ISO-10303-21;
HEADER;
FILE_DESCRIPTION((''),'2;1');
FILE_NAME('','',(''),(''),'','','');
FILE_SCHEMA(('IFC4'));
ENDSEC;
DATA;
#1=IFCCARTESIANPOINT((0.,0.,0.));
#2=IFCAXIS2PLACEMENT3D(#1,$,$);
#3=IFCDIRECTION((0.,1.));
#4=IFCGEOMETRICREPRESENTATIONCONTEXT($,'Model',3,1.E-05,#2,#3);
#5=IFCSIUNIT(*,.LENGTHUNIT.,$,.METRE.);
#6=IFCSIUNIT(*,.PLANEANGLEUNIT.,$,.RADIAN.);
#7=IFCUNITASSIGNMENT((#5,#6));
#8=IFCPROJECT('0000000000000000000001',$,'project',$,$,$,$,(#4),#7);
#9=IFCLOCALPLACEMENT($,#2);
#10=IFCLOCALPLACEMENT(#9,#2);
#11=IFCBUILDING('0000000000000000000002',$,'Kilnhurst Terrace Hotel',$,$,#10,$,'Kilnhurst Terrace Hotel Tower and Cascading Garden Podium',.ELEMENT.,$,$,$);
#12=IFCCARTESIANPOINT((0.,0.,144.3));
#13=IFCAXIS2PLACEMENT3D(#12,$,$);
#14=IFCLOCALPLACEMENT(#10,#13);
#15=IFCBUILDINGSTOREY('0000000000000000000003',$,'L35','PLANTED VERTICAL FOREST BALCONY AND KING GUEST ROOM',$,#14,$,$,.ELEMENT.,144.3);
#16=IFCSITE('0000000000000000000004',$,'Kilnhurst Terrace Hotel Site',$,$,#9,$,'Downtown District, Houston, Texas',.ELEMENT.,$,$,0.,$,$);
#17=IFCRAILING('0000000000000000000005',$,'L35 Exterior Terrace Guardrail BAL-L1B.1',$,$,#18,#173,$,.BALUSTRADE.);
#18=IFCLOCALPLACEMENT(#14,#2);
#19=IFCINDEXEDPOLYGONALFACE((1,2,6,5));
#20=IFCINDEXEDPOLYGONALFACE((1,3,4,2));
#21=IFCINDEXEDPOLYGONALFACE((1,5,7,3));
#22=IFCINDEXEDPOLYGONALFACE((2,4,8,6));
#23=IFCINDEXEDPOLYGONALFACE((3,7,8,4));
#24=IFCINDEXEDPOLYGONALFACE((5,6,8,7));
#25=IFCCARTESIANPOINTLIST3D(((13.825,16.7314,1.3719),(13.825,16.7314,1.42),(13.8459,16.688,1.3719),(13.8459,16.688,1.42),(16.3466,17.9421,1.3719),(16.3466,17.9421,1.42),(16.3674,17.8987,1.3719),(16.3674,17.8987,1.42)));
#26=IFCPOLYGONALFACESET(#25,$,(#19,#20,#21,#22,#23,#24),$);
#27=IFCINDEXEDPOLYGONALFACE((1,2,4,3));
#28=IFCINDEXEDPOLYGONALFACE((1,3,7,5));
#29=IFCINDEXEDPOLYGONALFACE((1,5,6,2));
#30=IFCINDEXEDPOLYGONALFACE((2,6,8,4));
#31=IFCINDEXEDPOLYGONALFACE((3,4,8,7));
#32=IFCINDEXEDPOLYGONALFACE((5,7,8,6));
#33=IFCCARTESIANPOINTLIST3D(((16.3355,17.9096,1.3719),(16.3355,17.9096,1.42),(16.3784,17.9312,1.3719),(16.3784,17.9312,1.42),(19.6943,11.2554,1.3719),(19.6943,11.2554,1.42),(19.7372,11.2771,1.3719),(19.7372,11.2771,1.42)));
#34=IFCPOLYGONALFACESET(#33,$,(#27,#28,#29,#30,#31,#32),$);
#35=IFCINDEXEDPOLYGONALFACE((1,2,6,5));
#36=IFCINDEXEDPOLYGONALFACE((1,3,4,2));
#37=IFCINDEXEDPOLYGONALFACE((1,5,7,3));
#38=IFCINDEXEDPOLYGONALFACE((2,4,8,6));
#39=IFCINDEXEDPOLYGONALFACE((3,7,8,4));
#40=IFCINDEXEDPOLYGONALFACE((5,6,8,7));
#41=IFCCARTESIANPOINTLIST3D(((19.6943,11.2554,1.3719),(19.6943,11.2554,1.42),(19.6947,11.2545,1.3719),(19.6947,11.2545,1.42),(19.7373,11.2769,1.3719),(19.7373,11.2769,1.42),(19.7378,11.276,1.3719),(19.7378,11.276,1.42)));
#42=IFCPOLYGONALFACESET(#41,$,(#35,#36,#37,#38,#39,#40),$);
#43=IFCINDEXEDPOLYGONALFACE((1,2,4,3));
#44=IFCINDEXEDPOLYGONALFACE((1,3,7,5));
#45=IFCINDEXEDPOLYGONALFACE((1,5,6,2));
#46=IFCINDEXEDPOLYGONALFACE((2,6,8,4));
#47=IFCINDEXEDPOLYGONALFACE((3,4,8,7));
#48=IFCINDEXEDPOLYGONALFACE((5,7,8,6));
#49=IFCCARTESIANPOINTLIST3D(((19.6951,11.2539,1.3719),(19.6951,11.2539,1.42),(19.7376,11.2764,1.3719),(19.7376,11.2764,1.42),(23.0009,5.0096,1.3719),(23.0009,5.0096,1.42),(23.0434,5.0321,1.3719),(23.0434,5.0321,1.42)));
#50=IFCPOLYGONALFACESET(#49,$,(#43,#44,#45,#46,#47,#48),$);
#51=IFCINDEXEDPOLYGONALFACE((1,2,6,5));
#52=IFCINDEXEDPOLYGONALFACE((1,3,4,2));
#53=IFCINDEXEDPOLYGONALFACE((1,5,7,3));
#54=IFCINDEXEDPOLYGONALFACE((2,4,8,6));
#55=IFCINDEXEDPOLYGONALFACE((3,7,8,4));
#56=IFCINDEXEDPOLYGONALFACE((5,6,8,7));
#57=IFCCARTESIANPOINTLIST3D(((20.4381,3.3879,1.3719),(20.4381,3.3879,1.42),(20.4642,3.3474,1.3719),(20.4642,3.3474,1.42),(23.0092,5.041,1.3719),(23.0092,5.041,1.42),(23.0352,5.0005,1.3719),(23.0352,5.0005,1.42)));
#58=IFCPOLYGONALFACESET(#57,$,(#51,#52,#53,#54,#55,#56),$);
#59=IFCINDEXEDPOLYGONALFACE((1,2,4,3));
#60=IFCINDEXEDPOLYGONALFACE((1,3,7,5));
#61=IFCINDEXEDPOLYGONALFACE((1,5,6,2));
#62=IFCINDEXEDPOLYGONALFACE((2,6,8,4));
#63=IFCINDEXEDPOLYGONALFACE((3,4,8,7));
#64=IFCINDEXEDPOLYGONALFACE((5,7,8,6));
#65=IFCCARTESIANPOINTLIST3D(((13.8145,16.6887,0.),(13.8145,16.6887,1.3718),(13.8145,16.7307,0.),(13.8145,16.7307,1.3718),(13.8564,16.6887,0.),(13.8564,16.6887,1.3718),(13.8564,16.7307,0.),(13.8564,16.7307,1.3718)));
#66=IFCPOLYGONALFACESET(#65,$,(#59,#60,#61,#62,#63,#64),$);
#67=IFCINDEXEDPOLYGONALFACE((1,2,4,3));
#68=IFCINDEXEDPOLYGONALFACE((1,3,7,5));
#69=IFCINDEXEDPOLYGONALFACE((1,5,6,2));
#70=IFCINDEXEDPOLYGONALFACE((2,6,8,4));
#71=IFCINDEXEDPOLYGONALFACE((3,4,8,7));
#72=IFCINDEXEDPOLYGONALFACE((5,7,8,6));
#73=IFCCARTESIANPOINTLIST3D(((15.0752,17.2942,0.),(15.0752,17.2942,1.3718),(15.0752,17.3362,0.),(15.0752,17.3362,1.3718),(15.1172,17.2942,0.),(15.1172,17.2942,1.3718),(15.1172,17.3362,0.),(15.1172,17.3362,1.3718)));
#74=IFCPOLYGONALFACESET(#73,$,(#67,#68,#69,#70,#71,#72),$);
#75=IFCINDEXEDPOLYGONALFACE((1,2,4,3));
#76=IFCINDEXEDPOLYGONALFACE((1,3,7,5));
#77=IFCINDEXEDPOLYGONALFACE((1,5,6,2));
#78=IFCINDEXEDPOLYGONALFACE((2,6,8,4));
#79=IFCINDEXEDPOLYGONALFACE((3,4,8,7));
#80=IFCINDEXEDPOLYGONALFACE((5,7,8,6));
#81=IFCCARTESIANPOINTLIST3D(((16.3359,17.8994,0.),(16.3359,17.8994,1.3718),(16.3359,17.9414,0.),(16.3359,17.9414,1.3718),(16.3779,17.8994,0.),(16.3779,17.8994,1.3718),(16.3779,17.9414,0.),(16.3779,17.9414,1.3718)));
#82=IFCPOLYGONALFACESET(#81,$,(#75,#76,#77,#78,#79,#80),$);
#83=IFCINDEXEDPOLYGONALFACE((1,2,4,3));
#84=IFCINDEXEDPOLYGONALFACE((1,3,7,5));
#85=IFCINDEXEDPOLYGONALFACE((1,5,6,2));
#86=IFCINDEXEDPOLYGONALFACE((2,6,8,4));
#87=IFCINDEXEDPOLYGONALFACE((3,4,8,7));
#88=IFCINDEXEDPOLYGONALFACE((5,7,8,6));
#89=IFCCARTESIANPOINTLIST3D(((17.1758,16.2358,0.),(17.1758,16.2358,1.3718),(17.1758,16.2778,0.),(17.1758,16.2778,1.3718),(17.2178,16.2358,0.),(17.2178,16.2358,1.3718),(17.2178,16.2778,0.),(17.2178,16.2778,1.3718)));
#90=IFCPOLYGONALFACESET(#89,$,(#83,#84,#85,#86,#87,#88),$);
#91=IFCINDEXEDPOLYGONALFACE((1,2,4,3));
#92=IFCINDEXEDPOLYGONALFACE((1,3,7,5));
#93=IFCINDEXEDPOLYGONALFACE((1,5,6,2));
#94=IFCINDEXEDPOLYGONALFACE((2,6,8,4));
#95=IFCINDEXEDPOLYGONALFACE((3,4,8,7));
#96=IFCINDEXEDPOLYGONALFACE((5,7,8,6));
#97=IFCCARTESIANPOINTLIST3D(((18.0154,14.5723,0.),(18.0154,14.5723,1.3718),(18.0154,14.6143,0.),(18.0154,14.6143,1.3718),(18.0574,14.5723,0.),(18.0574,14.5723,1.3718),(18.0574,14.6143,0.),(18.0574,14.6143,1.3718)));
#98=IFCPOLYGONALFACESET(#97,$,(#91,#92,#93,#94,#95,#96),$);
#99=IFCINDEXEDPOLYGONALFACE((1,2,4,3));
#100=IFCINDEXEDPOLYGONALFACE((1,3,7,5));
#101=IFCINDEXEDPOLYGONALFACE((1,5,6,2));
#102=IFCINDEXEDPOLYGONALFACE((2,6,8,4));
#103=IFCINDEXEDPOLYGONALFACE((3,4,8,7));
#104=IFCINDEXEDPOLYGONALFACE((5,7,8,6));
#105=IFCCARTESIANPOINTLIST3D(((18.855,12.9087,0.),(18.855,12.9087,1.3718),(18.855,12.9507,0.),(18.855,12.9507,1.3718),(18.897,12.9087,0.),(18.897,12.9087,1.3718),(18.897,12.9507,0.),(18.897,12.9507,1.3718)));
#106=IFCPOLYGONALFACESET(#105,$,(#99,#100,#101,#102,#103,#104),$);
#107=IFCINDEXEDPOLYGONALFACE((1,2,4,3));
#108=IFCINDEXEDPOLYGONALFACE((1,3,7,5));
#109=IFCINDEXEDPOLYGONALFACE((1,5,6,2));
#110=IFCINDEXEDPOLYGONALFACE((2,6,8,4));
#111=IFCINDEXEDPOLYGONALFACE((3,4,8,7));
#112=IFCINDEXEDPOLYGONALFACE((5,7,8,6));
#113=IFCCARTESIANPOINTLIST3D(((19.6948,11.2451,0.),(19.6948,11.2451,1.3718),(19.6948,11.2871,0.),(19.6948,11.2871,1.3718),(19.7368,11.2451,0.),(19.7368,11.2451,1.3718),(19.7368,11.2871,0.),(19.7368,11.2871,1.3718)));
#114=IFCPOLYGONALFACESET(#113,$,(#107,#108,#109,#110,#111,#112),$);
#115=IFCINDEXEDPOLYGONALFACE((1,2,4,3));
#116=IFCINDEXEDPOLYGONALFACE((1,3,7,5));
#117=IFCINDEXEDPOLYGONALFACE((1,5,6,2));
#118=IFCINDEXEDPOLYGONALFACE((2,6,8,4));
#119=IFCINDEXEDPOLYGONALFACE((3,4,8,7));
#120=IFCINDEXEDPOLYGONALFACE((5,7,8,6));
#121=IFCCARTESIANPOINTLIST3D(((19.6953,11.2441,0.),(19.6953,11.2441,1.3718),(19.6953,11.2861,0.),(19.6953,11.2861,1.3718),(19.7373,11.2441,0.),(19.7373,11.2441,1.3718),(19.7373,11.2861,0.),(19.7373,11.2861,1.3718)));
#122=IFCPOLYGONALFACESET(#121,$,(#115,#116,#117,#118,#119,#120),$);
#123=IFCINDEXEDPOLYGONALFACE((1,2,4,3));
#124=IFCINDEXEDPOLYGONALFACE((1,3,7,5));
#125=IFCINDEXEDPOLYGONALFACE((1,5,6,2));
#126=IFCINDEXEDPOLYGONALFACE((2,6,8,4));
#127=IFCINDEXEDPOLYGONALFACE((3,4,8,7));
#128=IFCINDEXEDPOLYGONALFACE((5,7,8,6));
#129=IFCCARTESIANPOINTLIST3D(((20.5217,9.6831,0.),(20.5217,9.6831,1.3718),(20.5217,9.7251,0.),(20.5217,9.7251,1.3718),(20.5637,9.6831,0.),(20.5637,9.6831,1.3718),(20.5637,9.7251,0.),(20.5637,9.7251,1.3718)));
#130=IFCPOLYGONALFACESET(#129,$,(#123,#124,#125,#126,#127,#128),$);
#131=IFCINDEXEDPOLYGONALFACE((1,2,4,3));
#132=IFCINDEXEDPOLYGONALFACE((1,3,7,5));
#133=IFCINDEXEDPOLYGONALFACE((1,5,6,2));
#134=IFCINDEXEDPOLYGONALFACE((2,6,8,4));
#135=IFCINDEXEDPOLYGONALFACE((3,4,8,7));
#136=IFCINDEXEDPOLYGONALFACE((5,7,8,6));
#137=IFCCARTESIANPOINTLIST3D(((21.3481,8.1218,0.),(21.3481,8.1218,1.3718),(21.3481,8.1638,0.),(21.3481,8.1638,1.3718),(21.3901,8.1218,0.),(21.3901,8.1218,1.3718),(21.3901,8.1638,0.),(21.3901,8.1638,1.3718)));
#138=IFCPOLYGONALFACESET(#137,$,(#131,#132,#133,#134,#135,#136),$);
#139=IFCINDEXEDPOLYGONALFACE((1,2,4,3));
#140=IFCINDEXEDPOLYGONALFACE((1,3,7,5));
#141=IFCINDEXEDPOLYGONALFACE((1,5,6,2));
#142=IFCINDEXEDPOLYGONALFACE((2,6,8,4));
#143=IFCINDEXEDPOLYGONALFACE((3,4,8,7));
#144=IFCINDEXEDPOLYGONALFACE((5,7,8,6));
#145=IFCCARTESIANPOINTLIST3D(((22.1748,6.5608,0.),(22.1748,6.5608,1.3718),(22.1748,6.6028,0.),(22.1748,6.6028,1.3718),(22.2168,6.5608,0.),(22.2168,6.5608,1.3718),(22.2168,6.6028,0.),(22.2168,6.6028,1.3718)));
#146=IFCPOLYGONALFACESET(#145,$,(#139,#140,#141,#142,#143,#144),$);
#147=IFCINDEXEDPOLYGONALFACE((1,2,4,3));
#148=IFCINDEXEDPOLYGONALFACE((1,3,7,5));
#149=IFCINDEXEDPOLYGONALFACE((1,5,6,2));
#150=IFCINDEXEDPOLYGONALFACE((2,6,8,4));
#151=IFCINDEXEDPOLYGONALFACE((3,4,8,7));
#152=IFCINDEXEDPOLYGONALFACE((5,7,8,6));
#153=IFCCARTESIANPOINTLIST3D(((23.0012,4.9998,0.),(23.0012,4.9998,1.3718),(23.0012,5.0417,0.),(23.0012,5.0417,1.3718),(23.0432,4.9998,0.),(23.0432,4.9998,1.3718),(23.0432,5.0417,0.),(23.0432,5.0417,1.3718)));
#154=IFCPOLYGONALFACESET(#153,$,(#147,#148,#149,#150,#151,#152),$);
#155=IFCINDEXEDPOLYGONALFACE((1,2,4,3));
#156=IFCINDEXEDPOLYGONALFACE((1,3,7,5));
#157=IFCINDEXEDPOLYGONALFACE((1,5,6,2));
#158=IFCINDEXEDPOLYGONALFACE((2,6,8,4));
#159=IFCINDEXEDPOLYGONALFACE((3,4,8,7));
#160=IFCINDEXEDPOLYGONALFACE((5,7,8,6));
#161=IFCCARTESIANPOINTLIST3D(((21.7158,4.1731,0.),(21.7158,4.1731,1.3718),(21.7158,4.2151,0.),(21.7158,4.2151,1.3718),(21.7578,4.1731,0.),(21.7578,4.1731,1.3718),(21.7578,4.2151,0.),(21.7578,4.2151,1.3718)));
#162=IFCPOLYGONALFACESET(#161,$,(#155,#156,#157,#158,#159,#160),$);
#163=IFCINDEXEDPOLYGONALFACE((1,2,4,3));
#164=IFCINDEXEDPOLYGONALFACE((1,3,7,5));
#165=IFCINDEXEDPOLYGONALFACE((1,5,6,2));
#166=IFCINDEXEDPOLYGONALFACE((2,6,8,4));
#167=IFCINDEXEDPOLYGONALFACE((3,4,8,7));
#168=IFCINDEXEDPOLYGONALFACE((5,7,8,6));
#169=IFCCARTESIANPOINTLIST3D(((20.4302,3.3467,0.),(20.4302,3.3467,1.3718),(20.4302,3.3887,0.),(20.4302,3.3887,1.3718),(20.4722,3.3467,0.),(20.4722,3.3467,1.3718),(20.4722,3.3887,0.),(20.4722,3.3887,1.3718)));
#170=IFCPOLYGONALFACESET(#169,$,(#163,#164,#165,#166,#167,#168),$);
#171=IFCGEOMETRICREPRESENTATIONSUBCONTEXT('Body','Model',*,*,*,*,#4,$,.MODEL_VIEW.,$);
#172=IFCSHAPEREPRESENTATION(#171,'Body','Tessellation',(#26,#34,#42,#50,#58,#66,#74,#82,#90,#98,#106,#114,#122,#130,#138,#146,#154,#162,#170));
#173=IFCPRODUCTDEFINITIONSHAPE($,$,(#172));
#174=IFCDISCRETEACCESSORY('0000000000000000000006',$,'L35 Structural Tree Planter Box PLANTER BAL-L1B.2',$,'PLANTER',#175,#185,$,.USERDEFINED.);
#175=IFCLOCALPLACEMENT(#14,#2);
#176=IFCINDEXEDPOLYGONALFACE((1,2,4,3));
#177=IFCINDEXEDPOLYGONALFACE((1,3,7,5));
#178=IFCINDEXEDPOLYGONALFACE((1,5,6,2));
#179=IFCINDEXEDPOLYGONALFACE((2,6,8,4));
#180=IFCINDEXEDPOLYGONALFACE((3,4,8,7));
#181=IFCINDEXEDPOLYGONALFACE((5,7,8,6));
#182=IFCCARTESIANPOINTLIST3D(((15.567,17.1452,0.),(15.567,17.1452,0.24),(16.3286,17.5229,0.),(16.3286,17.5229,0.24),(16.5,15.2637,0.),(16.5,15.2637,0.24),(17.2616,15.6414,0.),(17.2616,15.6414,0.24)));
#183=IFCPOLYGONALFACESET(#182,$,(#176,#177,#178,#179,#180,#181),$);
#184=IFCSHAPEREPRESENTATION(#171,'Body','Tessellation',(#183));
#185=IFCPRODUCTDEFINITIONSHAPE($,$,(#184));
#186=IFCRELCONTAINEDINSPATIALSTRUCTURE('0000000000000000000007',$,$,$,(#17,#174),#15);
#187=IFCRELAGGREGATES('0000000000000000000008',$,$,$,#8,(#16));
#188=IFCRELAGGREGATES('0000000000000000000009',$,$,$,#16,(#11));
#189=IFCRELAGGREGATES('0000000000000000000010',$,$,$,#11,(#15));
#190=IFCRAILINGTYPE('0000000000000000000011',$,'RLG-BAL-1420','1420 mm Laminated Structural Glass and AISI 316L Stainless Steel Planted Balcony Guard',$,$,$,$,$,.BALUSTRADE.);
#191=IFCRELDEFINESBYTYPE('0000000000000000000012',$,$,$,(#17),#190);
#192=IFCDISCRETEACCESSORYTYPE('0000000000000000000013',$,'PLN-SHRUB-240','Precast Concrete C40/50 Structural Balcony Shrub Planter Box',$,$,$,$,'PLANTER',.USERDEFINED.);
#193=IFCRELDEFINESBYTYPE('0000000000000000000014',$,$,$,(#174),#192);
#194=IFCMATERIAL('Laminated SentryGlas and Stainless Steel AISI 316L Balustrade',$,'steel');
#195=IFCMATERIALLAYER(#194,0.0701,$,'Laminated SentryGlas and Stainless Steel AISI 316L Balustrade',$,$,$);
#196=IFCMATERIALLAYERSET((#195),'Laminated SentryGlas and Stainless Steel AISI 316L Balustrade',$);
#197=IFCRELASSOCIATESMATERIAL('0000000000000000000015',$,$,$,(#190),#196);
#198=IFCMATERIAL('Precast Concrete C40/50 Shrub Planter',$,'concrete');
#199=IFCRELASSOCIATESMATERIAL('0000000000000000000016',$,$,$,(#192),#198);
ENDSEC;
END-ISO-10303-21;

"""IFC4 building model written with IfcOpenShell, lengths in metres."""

from ifc_helpers import new_model, si_unit, direction, frame, origin, origin_2d, place, context, subcontext, project, spatial, rectangle, extrude, material, layer, layer_set, type_object, element, save


model = new_model("IFC4")

# Units and contexts
model_context = context("Model", 3, precision=1e-05, world=origin(), true_north=direction((0.0, 1.0)))
body_context = subcontext(model_context, "Body", "Model", "MODEL_VIEW")
ifc_project = project(units=[si_unit("LENGTHUNIT", "METRE"), si_unit("PLANEANGLEUNIT", "RADIAN")], contexts=[model_context])

# Site, building, storey
site_placement = place(None, origin())
site = spatial("IfcSite", under=ifc_project, at=site_placement, Name="Kilnhurst Terrace Hotel Site", LongName="Downtown District, Houston, Texas", CompositionType="ELEMENT", RefElevation=0.0)
building_placement = place(site_placement, origin())
building = spatial("IfcBuilding", under=site, at=building_placement, Name="Kilnhurst Terrace Hotel", LongName="Kilnhurst Terrace Hotel Tower and Cascading Garden Podium", CompositionType="ELEMENT")
storey_placement = place(building_placement, frame((0.0, 0.0, 144.3)))
storey = spatial("IfcBuildingStorey", under=building, at=storey_placement, Name="L35", Description="PLANTED VERTICAL FOREST BALCONY AND KING GUEST ROOM", CompositionType="ELEMENT", Elevation=144.3)

# Railing
ifc_material_1 = material(Name="Laminated SentryGlas and Stainless Steel AISI 316L Balustrade", Category="steel")
ifc_layer_1 = layer(ifc_material_1, 0.0701, Name="Laminated SentryGlas and Stainless Steel AISI 316L Balustrade")
ifc_layer_set_1 = layer_set([ifc_layer_1], Name="Laminated SentryGlas and Stainless Steel AISI 316L Balustrade")
railing_type = type_object("IfcRailingType", Name="RLG-BAL-1420", Description="1420 mm Laminated Structural Glass and AISI 316L Stainless Steel Planted Balcony Guard", PredefinedType="BALUSTRADE", material=ifc_layer_set_1)
railing_placement = place(storey_placement, frame((13.8354, 16.7097, 0.0)))
element("IfcRailing", 1, at=railing_placement, inside=storey, type_object=railing_type, Name="L35 Exterior Terrace Guardrail BAL-L1B.1", PredefinedType="BALUSTRADE", context=body_context, shape_type="SweptSolid", body=[
    extrude(rectangle(XDim=0.0481, YDim=0.0481, at=origin_2d()), frame((0.0, 0.0, 1.396), z_axis=(0.90147, 0.432842, 0.0), x_axis=(-0.432842, 0.90147, 0.0)), (0.0, 0.0, 1.0), 2.7971),
    extrude(rectangle(XDim=0.0481, YDim=0.0481, at=origin_2d()), frame((2.5215, 1.2107, 1.396), z_axis=(0.450617, -0.892718, 0.0), x_axis=(0.892718, 0.450617, 0.0)), (0.0, 0.0, 1.0), 7.4539),
    extrude(rectangle(XDim=0.0481, YDim=0.0481, at=origin_2d()), frame((5.8804, -5.4436, 1.396), z_axis=(0.447214, -0.894427, 0.0), x_axis=(0.894427, 0.447214, 0.0)), (0.0, 0.0, 1.0), 0.001),
    extrude(rectangle(XDim=0.0481, YDim=0.0481, at=origin_2d()), frame((5.8809, -5.4446, 1.396), z_axis=(0.467894, -0.883785, 0.0), x_axis=(0.883785, 0.467894, 0.0)), (0.0, 0.0, 1.0), 7.0654),
    extrude(rectangle(XDim=0.0481, YDim=0.0481, at=origin_2d()), frame((9.1868, -11.689, 1.396), z_axis=(-0.84114, -0.540818, 0.0), x_axis=(0.540818, -0.84114, 0.0)), (0.0, 0.0, 1.0), 3.0566),
    extrude(rectangle(XDim=0.042, YDim=0.042, at=origin_2d()), origin(), (0.0, 0.0, 1.0), 1.3718),
    extrude(rectangle(XDim=0.042, YDim=0.042, at=origin_2d()), frame((1.2607, 0.6055, 0.0)), (0.0, 0.0, 1.0), 1.3718),
    extrude(rectangle(XDim=0.042, YDim=0.042, at=origin_2d()), frame((2.5215, 1.2107, 0.0)), (0.0, 0.0, 1.0), 1.3718),
    extrude(rectangle(XDim=0.042, YDim=0.042, at=origin_2d()), frame((3.3613, -0.4529, 0.0)), (0.0, 0.0, 1.0), 1.3718),
    extrude(rectangle(XDim=0.042, YDim=0.042, at=origin_2d()), frame((4.2009, -2.1165, 0.0)), (0.0, 0.0, 1.0), 1.3718),
    extrude(rectangle(XDim=0.042, YDim=0.042, at=origin_2d()), frame((5.0405, -3.78, 0.0)), (0.0, 0.0, 1.0), 1.3718),
    extrude(rectangle(XDim=0.042, YDim=0.042, at=origin_2d()), frame((5.8804, -5.4436, 0.0)), (0.0, 0.0, 1.0), 1.3718),
    extrude(rectangle(XDim=0.042, YDim=0.042, at=origin_2d()), frame((5.8809, -5.4446, 0.0)), (0.0, 0.0, 1.0), 1.3718),
    extrude(rectangle(XDim=0.042, YDim=0.042, at=origin_2d()), frame((6.7073, -7.0056, 0.0)), (0.0, 0.0, 1.0), 1.3718),
    extrude(rectangle(XDim=0.042, YDim=0.042, at=origin_2d()), frame((7.5337, -8.5669, 0.0)), (0.0, 0.0, 1.0), 1.3718),
    extrude(rectangle(XDim=0.042, YDim=0.042, at=origin_2d()), frame((8.3604, -10.1279, 0.0)), (0.0, 0.0, 1.0), 1.3718),
    extrude(rectangle(XDim=0.042, YDim=0.042, at=origin_2d()), frame((9.1868, -11.689, 0.0)), (0.0, 0.0, 1.0), 1.3718),
    extrude(rectangle(XDim=0.042, YDim=0.042, at=origin_2d()), frame((7.9014, -12.5156, 0.0)), (0.0, 0.0, 1.0), 1.3718),
    extrude(rectangle(XDim=0.042, YDim=0.042, at=origin_2d()), frame((6.6157, -13.342, 0.0)), (0.0, 0.0, 1.0), 1.3718),
])

# Discrete accessory
ifc_material_2 = material(Name="Precast Concrete C40/50 Shrub Planter", Category="concrete")
discrete_accessory_type = type_object("IfcDiscreteAccessoryType", Name="PLN-SHRUB-240", Description="Precast Concrete C40/50 Structural Balcony Shrub Planter Box", ElementType="PLANTER", PredefinedType="USERDEFINED", material=ifc_material_2)
discrete_accessory_placement = place(storey_placement, frame((16.4143, 16.3933, 0.0), z_axis=(0.0, 0.0, 1.0), x_axis=(-0.444244, 0.895906, 0.0)))
element("IfcDiscreteAccessory", 2, at=discrete_accessory_placement, inside=storey, type_object=discrete_accessory_type, Name="L35 Structural Tree Planter Box PLANTER BAL-L1B.2", ObjectType="PLANTER", PredefinedType="USERDEFINED", context=body_context, shape_type="SweptSolid", body=[
    extrude(rectangle(XDim=2.1001, YDim=0.8501, at=origin_2d()), origin(), (0.0, 0.0, 1.0), 0.24),
])

save(model, "model.ifc")
